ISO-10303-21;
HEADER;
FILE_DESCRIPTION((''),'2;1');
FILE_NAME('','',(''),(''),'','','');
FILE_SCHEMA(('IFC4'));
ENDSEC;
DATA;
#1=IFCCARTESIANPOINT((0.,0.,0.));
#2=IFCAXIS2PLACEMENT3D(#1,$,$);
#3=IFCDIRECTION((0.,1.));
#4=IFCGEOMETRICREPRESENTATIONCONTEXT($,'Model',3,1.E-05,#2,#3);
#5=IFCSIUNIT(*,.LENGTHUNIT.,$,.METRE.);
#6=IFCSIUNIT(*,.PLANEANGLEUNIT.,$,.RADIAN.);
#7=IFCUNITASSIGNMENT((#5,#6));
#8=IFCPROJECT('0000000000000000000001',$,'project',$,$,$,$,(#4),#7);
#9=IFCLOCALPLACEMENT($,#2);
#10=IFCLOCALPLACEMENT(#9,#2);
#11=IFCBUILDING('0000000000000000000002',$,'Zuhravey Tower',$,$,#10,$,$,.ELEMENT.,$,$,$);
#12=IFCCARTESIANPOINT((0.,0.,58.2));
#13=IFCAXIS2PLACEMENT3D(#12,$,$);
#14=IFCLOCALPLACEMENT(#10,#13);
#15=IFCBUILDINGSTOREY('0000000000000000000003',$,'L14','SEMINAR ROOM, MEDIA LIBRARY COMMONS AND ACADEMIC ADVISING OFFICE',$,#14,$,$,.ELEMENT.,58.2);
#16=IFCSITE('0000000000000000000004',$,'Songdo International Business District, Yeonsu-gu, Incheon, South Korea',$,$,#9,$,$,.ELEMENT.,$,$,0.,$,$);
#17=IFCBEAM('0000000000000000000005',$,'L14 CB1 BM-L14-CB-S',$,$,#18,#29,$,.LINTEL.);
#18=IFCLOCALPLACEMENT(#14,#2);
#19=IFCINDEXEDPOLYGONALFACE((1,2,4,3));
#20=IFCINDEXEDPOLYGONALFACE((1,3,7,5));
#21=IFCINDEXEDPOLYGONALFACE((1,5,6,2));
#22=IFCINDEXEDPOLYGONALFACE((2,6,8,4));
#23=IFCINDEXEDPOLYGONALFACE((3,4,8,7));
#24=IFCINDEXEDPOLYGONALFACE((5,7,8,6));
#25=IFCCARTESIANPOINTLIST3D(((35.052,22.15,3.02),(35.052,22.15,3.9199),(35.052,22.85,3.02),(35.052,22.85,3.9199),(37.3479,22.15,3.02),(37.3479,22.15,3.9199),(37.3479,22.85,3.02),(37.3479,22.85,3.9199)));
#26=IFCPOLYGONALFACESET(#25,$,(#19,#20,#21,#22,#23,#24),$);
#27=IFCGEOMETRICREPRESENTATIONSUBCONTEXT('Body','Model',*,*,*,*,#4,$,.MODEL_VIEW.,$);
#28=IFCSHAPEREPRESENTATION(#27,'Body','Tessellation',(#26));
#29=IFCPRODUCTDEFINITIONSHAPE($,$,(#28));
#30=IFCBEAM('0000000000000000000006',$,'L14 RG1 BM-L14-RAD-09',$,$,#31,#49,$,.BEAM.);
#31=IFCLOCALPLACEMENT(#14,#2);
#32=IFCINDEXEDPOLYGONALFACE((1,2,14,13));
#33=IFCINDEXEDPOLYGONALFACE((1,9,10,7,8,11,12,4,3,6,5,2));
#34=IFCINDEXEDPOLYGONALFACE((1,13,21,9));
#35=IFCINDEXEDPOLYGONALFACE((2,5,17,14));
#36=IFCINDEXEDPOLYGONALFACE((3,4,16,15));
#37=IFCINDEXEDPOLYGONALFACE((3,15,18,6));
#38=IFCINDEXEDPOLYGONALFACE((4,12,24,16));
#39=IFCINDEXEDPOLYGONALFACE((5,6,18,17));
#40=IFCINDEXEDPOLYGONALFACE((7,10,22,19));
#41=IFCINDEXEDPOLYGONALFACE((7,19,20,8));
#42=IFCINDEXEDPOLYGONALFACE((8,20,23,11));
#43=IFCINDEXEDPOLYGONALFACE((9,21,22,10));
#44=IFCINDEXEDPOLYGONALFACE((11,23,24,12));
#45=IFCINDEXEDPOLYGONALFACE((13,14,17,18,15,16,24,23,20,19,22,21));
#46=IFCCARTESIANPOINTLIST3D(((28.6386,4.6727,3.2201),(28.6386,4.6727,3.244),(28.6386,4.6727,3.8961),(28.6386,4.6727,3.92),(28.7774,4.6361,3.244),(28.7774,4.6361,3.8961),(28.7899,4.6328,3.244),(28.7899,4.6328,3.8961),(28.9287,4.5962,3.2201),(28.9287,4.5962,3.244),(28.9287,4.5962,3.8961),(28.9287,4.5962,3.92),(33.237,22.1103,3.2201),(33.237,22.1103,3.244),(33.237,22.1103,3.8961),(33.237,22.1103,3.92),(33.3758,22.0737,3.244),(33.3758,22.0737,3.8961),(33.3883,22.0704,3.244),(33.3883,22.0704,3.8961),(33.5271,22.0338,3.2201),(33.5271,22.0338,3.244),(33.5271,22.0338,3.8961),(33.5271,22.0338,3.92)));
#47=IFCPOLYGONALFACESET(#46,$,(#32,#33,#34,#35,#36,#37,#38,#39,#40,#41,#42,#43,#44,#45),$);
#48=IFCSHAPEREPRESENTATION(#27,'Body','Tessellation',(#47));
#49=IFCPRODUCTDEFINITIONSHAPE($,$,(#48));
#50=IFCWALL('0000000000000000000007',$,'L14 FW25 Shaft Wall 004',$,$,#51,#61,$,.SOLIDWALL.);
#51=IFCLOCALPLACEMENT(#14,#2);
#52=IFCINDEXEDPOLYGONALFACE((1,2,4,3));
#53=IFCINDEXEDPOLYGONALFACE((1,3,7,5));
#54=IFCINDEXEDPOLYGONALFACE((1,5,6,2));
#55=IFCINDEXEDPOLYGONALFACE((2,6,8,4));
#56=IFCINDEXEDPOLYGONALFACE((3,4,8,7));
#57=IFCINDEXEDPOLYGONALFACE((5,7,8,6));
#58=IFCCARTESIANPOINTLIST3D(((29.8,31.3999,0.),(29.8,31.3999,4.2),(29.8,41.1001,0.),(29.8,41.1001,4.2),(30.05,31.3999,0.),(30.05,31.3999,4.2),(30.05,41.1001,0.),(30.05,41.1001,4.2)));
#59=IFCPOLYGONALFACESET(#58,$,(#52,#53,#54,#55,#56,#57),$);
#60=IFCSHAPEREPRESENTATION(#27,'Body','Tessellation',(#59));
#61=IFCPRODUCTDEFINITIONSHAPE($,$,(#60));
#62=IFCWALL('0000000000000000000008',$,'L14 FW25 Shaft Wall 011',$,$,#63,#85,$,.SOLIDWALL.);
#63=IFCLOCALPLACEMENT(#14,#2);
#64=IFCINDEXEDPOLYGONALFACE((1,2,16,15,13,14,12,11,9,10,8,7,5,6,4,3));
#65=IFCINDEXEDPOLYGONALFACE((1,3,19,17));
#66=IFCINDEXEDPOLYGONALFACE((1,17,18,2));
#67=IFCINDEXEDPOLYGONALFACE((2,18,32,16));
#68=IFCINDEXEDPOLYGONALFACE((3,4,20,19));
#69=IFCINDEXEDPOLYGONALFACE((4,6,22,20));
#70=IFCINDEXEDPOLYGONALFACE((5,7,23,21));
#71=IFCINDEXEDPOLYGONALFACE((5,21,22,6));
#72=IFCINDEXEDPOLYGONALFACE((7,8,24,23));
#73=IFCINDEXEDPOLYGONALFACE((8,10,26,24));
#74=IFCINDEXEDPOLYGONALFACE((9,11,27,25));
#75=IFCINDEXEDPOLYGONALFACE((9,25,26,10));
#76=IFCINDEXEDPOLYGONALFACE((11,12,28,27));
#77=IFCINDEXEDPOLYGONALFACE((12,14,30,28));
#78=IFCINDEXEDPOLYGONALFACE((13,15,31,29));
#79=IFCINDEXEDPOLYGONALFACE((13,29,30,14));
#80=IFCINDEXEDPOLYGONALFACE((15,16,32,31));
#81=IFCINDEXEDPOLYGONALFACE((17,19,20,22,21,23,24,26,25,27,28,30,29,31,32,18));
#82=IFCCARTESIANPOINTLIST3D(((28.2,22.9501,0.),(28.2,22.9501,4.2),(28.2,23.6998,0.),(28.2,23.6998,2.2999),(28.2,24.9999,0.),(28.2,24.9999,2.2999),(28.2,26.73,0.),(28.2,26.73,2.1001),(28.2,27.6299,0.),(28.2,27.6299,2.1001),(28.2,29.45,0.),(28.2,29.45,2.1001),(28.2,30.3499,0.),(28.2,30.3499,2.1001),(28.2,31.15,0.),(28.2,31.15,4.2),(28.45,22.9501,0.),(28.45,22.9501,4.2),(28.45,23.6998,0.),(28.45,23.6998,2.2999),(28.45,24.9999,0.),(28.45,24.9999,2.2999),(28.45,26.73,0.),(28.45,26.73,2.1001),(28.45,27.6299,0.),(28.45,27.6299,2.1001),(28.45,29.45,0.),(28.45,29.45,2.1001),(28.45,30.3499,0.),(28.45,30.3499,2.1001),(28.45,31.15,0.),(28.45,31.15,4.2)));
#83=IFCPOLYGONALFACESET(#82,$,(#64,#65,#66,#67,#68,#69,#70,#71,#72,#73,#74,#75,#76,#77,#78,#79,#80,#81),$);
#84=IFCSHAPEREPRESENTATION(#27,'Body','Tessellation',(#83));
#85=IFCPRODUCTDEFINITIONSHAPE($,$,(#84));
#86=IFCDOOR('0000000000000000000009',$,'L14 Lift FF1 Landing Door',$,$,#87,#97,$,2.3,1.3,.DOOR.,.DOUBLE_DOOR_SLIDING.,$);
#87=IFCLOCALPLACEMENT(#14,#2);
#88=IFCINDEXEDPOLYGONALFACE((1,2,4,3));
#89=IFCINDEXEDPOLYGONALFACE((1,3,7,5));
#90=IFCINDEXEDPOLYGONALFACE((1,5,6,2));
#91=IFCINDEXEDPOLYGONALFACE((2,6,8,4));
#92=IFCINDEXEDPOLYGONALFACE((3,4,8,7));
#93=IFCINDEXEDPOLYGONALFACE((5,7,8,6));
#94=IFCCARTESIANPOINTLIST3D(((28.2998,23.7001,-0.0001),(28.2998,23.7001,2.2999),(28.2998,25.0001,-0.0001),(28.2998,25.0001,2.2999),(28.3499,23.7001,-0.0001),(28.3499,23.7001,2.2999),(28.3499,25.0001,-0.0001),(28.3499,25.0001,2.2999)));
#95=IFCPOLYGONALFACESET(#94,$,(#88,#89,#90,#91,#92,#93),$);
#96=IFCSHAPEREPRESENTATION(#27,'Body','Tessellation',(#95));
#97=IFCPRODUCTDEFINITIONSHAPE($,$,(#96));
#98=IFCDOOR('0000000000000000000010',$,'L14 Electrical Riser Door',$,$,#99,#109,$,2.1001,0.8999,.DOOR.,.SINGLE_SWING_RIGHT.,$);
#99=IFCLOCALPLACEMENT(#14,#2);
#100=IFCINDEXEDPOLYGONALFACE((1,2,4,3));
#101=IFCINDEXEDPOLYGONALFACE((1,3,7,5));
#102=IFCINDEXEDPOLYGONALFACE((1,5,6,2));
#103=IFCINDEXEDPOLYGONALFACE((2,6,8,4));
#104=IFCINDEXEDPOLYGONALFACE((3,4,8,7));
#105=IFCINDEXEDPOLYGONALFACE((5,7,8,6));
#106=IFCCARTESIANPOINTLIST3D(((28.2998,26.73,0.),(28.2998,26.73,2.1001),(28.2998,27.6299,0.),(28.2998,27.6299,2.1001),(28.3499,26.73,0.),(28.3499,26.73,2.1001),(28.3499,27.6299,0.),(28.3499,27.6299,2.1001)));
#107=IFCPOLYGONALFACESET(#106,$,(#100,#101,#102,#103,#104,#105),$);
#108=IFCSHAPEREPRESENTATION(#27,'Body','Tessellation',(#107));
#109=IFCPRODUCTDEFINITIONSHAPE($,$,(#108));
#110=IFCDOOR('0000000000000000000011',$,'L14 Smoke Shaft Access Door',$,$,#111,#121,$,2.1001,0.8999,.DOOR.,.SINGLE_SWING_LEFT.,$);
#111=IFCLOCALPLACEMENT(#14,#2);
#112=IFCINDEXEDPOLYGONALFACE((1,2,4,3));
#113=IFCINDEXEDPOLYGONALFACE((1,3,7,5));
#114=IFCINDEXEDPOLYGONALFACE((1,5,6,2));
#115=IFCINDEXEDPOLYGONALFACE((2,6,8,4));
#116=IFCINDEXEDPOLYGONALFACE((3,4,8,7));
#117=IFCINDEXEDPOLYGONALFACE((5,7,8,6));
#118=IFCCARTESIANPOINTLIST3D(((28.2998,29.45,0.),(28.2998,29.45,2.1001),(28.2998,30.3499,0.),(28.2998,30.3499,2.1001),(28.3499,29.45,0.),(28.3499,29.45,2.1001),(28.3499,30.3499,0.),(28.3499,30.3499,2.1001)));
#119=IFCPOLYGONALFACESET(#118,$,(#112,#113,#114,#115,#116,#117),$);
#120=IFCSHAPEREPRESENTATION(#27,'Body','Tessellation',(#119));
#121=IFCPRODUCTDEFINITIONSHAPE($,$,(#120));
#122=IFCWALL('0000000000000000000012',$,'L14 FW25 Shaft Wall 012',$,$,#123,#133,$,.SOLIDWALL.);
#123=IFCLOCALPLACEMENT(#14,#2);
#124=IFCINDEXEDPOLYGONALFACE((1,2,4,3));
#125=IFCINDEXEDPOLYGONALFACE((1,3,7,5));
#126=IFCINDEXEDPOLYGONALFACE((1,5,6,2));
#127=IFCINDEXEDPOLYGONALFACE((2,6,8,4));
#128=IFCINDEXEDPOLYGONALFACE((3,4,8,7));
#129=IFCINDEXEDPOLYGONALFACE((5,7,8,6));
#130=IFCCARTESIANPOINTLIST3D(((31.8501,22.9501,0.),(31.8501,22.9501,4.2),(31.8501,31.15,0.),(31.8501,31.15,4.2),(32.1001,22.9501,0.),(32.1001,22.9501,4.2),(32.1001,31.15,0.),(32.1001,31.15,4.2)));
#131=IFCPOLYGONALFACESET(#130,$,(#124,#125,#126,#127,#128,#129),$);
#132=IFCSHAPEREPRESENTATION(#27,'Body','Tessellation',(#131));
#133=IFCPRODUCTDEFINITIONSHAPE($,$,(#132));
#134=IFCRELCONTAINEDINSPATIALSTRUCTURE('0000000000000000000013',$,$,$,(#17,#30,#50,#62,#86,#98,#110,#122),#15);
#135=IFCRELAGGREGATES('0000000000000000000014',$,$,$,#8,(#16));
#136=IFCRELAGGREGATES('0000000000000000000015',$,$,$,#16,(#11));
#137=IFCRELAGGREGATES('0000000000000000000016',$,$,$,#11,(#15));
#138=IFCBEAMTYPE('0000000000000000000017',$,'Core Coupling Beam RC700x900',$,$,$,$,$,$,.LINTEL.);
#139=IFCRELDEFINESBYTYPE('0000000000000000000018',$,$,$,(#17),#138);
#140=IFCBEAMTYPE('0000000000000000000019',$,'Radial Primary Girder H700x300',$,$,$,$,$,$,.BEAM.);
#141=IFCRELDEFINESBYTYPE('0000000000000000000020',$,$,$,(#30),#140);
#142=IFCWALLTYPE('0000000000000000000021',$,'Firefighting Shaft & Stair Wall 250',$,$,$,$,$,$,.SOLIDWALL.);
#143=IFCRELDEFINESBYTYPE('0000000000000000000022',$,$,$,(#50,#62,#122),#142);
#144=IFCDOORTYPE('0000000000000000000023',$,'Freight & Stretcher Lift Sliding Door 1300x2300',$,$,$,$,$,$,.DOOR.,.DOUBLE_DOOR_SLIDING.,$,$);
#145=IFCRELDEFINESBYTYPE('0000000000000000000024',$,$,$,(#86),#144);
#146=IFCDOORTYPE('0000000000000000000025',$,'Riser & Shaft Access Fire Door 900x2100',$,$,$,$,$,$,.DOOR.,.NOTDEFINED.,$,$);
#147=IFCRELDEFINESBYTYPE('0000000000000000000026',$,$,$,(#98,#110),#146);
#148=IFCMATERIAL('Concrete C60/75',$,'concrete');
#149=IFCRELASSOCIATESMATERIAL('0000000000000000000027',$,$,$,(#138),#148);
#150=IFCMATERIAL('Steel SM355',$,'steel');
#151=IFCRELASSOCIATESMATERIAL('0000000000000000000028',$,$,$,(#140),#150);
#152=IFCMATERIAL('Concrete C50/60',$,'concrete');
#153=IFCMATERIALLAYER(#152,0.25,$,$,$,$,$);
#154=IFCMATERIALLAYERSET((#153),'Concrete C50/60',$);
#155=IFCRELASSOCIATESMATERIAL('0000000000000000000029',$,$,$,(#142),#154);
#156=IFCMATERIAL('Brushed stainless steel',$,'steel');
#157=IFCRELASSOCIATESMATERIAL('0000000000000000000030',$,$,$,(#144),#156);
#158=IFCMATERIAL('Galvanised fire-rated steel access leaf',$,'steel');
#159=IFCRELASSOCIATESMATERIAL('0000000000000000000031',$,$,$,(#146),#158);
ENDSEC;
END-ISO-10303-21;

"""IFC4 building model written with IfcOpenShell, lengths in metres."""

from ifc_helpers import new_model, si_unit, direction, frame, frame_2d, origin, origin_2d, place, context, subcontext, project, spatial, rectangle, i_section, extrude, material, layer, layer_set, material_profile, profile_set, type_object, element, fill, save


model = new_model("IFC4")

# Units and contexts
model_context = context("Model", 3, precision=1e-05, world=origin(), true_north=direction((0.0, 1.0)))
body_context = subcontext(model_context, "Body", "Model", "MODEL_VIEW")
ifc_project = project(units=[si_unit("LENGTHUNIT", "METRE"), si_unit("PLANEANGLEUNIT", "RADIAN")], contexts=[model_context])

# Site, building, storey
site_placement = place(None, origin())
site = spatial("IfcSite", under=ifc_project, at=site_placement, Name="Songdo International Business District, Yeonsu-gu, Incheon, South Korea", CompositionType="ELEMENT", RefElevation=0.0)
building_placement = place(site_placement, origin())
building = spatial("IfcBuilding", under=site, at=building_placement, Name="Zuhravey Tower", CompositionType="ELEMENT")
storey_placement = place(building_placement, frame((0.0, 0.0, 58.2)))
storey = spatial("IfcBuildingStorey", under=building, at=storey_placement, Name="L14", Description="SEMINAR ROOM, MEDIA LIBRARY COMMONS AND ACADEMIC ADVISING OFFICE", CompositionType="ELEMENT", Elevation=58.2)

# Beams
ifc_material_1 = material(Name="Concrete C60/75", Category="concrete")
ifc_material_profile_1 = material_profile(ifc_material_1, rectangle(XDim=0.7, YDim=0.8999, at=origin_2d()), Name="RC-700x900")
ifc_profile_set_1 = profile_set([ifc_material_profile_1], Name="Concrete C60/75")
beam_type_1 = type_object("IfcBeamType", Name="Core Coupling Beam RC700x900", PredefinedType="LINTEL", material=ifc_profile_set_1)
beam_1_placement = place(storey_placement, frame((35.052, 22.5, 3.47), z_axis=(1.0, 0.0, 0.0), x_axis=(0.0, 1.0, 0.0)))
element("IfcBeam", 1, at=beam_1_placement, inside=storey, type_object=beam_type_1, Name="L14 CB1 BM-L14-CB-S", PredefinedType="LINTEL", context=body_context, shape_type="SweptSolid", body=[
    extrude(rectangle(XDim=0.7, YDim=0.8999, at=origin_2d()), origin(), (0.0, 0.0, 1.0), 2.2959),
])
ifc_material_2 = material(Name="Steel SM355", Category="steel")
ifc_material_profile_2 = material_profile(ifc_material_2, i_section(OverallWidth=0.3, OverallDepth=0.7, WebThickness=0.0129, FlangeThickness=0.0239, at=origin_2d()), Name="H-700x300x13x24")
ifc_profile_set_2 = profile_set([ifc_material_profile_2], Name="Steel SM355")
beam_type_2 = type_object("IfcBeamType", Name="Radial Primary Girder H700x300", PredefinedType="BEAM", material=ifc_profile_set_2)
beam_2_placement = place(storey_placement, frame((33.3821, 22.072, 3.5701), z_axis=(-0.25499, -0.966944, 0.0), x_axis=(0.966944, -0.25499, 0.0)))
element("IfcBeam", 2, at=beam_2_placement, inside=storey, type_object=beam_type_2, Name="L14 RG1 BM-L14-RAD-09", PredefinedType="BEAM", context=body_context, shape_type="SweptSolid", body=[
    extrude(i_section(OverallWidth=0.3, OverallDepth=0.7, WebThickness=0.0129, FlangeThickness=0.0239, at=origin_2d()), origin(), (0.0, 0.0, 1.0), 18.0337),
])

# Shared definitions
ifc_material_3 = material(Name="Concrete C50/60", Category="concrete")
ifc_layer_1 = layer(ifc_material_3, 0.25)
ifc_layer_set_1 = layer_set([ifc_layer_1], Name="Concrete C50/60")
wall_type_1 = type_object("IfcWallType", Name="Firefighting Shaft & Stair Wall 250", PredefinedType="SOLIDWALL", material=ifc_layer_set_1)

# Wall
wall_1_placement = place(storey_placement, frame((29.925, 31.3999, 0.0), z_axis=(0.0, 0.0, 1.0), x_axis=(0.0, 1.0, 0.0)))
element("IfcWall", 3, at=wall_1_placement, inside=storey, type_object=wall_type_1, Name="L14 FW25 Shaft Wall 004", PredefinedType="SOLIDWALL", context=body_context, shape_type="SweptSolid", body=[
    extrude(rectangle(XDim=9.7002, YDim=0.25, at=frame_2d((4.8501, 0.0))), origin(), (0.0, 0.0, 1.0), 4.2),
])

# Wall, openings, doors
wall_2_placement = place(storey_placement, frame((28.325, 22.95, 0.0), z_axis=(0.0, 0.0, 1.0), x_axis=(0.0, 1.0, 0.0)))
wall_2 = element("IfcWall", 4, at=wall_2_placement, inside=storey, type_object=wall_type_1, Name="L14 FW25 Shaft Wall 011", PredefinedType="SOLIDWALL", context=body_context, shape_type="SweptSolid", body=[
    extrude(rectangle(XDim=8.2, YDim=0.25, at=frame_2d((4.1001, 0.0))), origin(), (0.0, 0.0, 1.0), 4.2),
])
opening_1_placement = place(wall_2_placement, frame((0.75, 0.0, 0.0)))
opening_1 = element("IfcOpeningElement", 5, at=opening_1_placement, cuts=wall_2, PredefinedType="OPENING", context=body_context, shape_type="SweptSolid", body=[
    extrude(rectangle(XDim=1.3, YDim=2.3, at=frame_2d((0.6499, 1.1499))), frame((0.0, 0.137, 0.0), z_axis=(0.0, -1.0, 0.0), x_axis=(1.0, 0.0, 0.0)), (0.0, 0.0, 1.0), 0.2739),
])
opening_2_placement = place(wall_2_placement, frame((3.78, 0.0, 0.0)))
opening_2 = element("IfcOpeningElement", 6, at=opening_2_placement, cuts=wall_2, PredefinedType="OPENING", context=body_context, shape_type="SweptSolid", body=[
    extrude(rectangle(XDim=0.8999, YDim=2.1001, at=frame_2d((0.45, 1.05))), frame((0.0, 0.137, 0.0), z_axis=(0.0, -1.0, 0.0), x_axis=(1.0, 0.0, 0.0)), (0.0, 0.0, 1.0), 0.2739),
])
opening_3_placement = place(wall_2_placement, frame((6.5, 0.0, 0.0)))
opening_3 = element("IfcOpeningElement", 7, at=opening_3_placement, cuts=wall_2, PredefinedType="OPENING", context=body_context, shape_type="SweptSolid", body=[
    extrude(rectangle(XDim=0.8999, YDim=2.1001, at=frame_2d((0.45, 1.05))), frame((0.0, 0.137, 0.0), z_axis=(0.0, -1.0, 0.0), x_axis=(1.0, 0.0, 0.0)), (0.0, 0.0, 1.0), 0.2739),
])
ifc_material_4 = material(Name="Brushed stainless steel", Category="steel")
door_type_1 = type_object("IfcDoorType", Name="Freight & Stretcher Lift Sliding Door 1300x2300", OperationType="DOUBLE_DOOR_SLIDING", PredefinedType="DOOR", material=ifc_material_4)
door_1_placement = place(opening_1_placement, frame((1.3, 0.0, 0.0), z_axis=(0.0, 0.0, 1.0), x_axis=(-1.0, 0.0, 0.0)))
door_1 = element("IfcDoor", 8, at=door_1_placement, inside=storey, type_object=door_type_1, Name="L14 Lift FF1 Landing Door", OperationType="DOUBLE_DOOR_SLIDING", OverallHeight=2.3, OverallWidth=1.3, PredefinedType="DOOR", context=body_context, shape_type="SweptSolid", body=[
    extrude(rectangle(XDim=1.3, YDim=2.3, at=frame_2d((0.6499, 1.1499))), frame((0.0, 0.0249, 0.0), z_axis=(0.0, -1.0, 0.0), x_axis=(1.0, 0.0, 0.0)), (0.0, 0.0, 1.0), 0.05),
])
fill(opening_1, door_1)
ifc_material_5 = material(Name="Galvanised fire-rated steel access leaf", Category="steel")
door_type_2 = type_object("IfcDoorType", Name="Riser & Shaft Access Fire Door 900x2100", OperationType="NOTDEFINED", PredefinedType="DOOR", material=ifc_material_5)
door_2_placement = place(opening_2_placement, frame((0.8999, 0.0, 0.0), z_axis=(0.0, 0.0, 1.0), x_axis=(-1.0, 0.0, 0.0)))
door_2 = element("IfcDoor", 9, at=door_2_placement, inside=storey, type_object=door_type_2, Name="L14 Electrical Riser Door", OperationType="SINGLE_SWING_RIGHT", OverallHeight=2.1001, OverallWidth=0.8999, PredefinedType="DOOR", context=body_context, shape_type="SweptSolid", body=[
    extrude(rectangle(XDim=0.8999, YDim=2.1001, at=frame_2d((0.45, 1.05))), frame((0.0, 0.0249, 0.0), z_axis=(0.0, -1.0, 0.0), x_axis=(1.0, 0.0, 0.0)), (0.0, 0.0, 1.0), 0.05),
])
fill(opening_2, door_2)
door_3_placement = place(opening_3_placement, frame((0.8999, 0.0, 0.0), z_axis=(0.0, 0.0, 1.0), x_axis=(-1.0, 0.0, 0.0)))
door_3 = element("IfcDoor", 10, at=door_3_placement, inside=storey, type_object=door_type_2, Name="L14 Smoke Shaft Access Door", OperationType="SINGLE_SWING_LEFT", OverallHeight=2.1001, OverallWidth=0.8999, PredefinedType="DOOR", context=body_context, shape_type="SweptSolid", body=[
    extrude(rectangle(XDim=0.8999, YDim=2.1001, at=frame_2d((0.45, 1.05))), frame((0.0, 0.0249, 0.0), z_axis=(0.0, -1.0, 0.0), x_axis=(1.0, 0.0, 0.0)), (0.0, 0.0, 1.0), 0.05),
])
fill(opening_3, door_3)

# Wall
wall_3_placement = place(storey_placement, frame((31.9751, 22.95, 0.0), z_axis=(0.0, 0.0, 1.0), x_axis=(0.0, 1.0, 0.0)))
element("IfcWall", 11, at=wall_3_placement, inside=storey, type_object=wall_type_1, Name="L14 FW25 Shaft Wall 012", PredefinedType="SOLIDWALL", context=body_context, shape_type="SweptSolid", body=[
    extrude(rectangle(XDim=8.2, YDim=0.25, at=frame_2d((4.1001, 0.0))), origin(), (0.0, 0.0, 1.0), 4.2),
])

save(model, "model.ifc")
